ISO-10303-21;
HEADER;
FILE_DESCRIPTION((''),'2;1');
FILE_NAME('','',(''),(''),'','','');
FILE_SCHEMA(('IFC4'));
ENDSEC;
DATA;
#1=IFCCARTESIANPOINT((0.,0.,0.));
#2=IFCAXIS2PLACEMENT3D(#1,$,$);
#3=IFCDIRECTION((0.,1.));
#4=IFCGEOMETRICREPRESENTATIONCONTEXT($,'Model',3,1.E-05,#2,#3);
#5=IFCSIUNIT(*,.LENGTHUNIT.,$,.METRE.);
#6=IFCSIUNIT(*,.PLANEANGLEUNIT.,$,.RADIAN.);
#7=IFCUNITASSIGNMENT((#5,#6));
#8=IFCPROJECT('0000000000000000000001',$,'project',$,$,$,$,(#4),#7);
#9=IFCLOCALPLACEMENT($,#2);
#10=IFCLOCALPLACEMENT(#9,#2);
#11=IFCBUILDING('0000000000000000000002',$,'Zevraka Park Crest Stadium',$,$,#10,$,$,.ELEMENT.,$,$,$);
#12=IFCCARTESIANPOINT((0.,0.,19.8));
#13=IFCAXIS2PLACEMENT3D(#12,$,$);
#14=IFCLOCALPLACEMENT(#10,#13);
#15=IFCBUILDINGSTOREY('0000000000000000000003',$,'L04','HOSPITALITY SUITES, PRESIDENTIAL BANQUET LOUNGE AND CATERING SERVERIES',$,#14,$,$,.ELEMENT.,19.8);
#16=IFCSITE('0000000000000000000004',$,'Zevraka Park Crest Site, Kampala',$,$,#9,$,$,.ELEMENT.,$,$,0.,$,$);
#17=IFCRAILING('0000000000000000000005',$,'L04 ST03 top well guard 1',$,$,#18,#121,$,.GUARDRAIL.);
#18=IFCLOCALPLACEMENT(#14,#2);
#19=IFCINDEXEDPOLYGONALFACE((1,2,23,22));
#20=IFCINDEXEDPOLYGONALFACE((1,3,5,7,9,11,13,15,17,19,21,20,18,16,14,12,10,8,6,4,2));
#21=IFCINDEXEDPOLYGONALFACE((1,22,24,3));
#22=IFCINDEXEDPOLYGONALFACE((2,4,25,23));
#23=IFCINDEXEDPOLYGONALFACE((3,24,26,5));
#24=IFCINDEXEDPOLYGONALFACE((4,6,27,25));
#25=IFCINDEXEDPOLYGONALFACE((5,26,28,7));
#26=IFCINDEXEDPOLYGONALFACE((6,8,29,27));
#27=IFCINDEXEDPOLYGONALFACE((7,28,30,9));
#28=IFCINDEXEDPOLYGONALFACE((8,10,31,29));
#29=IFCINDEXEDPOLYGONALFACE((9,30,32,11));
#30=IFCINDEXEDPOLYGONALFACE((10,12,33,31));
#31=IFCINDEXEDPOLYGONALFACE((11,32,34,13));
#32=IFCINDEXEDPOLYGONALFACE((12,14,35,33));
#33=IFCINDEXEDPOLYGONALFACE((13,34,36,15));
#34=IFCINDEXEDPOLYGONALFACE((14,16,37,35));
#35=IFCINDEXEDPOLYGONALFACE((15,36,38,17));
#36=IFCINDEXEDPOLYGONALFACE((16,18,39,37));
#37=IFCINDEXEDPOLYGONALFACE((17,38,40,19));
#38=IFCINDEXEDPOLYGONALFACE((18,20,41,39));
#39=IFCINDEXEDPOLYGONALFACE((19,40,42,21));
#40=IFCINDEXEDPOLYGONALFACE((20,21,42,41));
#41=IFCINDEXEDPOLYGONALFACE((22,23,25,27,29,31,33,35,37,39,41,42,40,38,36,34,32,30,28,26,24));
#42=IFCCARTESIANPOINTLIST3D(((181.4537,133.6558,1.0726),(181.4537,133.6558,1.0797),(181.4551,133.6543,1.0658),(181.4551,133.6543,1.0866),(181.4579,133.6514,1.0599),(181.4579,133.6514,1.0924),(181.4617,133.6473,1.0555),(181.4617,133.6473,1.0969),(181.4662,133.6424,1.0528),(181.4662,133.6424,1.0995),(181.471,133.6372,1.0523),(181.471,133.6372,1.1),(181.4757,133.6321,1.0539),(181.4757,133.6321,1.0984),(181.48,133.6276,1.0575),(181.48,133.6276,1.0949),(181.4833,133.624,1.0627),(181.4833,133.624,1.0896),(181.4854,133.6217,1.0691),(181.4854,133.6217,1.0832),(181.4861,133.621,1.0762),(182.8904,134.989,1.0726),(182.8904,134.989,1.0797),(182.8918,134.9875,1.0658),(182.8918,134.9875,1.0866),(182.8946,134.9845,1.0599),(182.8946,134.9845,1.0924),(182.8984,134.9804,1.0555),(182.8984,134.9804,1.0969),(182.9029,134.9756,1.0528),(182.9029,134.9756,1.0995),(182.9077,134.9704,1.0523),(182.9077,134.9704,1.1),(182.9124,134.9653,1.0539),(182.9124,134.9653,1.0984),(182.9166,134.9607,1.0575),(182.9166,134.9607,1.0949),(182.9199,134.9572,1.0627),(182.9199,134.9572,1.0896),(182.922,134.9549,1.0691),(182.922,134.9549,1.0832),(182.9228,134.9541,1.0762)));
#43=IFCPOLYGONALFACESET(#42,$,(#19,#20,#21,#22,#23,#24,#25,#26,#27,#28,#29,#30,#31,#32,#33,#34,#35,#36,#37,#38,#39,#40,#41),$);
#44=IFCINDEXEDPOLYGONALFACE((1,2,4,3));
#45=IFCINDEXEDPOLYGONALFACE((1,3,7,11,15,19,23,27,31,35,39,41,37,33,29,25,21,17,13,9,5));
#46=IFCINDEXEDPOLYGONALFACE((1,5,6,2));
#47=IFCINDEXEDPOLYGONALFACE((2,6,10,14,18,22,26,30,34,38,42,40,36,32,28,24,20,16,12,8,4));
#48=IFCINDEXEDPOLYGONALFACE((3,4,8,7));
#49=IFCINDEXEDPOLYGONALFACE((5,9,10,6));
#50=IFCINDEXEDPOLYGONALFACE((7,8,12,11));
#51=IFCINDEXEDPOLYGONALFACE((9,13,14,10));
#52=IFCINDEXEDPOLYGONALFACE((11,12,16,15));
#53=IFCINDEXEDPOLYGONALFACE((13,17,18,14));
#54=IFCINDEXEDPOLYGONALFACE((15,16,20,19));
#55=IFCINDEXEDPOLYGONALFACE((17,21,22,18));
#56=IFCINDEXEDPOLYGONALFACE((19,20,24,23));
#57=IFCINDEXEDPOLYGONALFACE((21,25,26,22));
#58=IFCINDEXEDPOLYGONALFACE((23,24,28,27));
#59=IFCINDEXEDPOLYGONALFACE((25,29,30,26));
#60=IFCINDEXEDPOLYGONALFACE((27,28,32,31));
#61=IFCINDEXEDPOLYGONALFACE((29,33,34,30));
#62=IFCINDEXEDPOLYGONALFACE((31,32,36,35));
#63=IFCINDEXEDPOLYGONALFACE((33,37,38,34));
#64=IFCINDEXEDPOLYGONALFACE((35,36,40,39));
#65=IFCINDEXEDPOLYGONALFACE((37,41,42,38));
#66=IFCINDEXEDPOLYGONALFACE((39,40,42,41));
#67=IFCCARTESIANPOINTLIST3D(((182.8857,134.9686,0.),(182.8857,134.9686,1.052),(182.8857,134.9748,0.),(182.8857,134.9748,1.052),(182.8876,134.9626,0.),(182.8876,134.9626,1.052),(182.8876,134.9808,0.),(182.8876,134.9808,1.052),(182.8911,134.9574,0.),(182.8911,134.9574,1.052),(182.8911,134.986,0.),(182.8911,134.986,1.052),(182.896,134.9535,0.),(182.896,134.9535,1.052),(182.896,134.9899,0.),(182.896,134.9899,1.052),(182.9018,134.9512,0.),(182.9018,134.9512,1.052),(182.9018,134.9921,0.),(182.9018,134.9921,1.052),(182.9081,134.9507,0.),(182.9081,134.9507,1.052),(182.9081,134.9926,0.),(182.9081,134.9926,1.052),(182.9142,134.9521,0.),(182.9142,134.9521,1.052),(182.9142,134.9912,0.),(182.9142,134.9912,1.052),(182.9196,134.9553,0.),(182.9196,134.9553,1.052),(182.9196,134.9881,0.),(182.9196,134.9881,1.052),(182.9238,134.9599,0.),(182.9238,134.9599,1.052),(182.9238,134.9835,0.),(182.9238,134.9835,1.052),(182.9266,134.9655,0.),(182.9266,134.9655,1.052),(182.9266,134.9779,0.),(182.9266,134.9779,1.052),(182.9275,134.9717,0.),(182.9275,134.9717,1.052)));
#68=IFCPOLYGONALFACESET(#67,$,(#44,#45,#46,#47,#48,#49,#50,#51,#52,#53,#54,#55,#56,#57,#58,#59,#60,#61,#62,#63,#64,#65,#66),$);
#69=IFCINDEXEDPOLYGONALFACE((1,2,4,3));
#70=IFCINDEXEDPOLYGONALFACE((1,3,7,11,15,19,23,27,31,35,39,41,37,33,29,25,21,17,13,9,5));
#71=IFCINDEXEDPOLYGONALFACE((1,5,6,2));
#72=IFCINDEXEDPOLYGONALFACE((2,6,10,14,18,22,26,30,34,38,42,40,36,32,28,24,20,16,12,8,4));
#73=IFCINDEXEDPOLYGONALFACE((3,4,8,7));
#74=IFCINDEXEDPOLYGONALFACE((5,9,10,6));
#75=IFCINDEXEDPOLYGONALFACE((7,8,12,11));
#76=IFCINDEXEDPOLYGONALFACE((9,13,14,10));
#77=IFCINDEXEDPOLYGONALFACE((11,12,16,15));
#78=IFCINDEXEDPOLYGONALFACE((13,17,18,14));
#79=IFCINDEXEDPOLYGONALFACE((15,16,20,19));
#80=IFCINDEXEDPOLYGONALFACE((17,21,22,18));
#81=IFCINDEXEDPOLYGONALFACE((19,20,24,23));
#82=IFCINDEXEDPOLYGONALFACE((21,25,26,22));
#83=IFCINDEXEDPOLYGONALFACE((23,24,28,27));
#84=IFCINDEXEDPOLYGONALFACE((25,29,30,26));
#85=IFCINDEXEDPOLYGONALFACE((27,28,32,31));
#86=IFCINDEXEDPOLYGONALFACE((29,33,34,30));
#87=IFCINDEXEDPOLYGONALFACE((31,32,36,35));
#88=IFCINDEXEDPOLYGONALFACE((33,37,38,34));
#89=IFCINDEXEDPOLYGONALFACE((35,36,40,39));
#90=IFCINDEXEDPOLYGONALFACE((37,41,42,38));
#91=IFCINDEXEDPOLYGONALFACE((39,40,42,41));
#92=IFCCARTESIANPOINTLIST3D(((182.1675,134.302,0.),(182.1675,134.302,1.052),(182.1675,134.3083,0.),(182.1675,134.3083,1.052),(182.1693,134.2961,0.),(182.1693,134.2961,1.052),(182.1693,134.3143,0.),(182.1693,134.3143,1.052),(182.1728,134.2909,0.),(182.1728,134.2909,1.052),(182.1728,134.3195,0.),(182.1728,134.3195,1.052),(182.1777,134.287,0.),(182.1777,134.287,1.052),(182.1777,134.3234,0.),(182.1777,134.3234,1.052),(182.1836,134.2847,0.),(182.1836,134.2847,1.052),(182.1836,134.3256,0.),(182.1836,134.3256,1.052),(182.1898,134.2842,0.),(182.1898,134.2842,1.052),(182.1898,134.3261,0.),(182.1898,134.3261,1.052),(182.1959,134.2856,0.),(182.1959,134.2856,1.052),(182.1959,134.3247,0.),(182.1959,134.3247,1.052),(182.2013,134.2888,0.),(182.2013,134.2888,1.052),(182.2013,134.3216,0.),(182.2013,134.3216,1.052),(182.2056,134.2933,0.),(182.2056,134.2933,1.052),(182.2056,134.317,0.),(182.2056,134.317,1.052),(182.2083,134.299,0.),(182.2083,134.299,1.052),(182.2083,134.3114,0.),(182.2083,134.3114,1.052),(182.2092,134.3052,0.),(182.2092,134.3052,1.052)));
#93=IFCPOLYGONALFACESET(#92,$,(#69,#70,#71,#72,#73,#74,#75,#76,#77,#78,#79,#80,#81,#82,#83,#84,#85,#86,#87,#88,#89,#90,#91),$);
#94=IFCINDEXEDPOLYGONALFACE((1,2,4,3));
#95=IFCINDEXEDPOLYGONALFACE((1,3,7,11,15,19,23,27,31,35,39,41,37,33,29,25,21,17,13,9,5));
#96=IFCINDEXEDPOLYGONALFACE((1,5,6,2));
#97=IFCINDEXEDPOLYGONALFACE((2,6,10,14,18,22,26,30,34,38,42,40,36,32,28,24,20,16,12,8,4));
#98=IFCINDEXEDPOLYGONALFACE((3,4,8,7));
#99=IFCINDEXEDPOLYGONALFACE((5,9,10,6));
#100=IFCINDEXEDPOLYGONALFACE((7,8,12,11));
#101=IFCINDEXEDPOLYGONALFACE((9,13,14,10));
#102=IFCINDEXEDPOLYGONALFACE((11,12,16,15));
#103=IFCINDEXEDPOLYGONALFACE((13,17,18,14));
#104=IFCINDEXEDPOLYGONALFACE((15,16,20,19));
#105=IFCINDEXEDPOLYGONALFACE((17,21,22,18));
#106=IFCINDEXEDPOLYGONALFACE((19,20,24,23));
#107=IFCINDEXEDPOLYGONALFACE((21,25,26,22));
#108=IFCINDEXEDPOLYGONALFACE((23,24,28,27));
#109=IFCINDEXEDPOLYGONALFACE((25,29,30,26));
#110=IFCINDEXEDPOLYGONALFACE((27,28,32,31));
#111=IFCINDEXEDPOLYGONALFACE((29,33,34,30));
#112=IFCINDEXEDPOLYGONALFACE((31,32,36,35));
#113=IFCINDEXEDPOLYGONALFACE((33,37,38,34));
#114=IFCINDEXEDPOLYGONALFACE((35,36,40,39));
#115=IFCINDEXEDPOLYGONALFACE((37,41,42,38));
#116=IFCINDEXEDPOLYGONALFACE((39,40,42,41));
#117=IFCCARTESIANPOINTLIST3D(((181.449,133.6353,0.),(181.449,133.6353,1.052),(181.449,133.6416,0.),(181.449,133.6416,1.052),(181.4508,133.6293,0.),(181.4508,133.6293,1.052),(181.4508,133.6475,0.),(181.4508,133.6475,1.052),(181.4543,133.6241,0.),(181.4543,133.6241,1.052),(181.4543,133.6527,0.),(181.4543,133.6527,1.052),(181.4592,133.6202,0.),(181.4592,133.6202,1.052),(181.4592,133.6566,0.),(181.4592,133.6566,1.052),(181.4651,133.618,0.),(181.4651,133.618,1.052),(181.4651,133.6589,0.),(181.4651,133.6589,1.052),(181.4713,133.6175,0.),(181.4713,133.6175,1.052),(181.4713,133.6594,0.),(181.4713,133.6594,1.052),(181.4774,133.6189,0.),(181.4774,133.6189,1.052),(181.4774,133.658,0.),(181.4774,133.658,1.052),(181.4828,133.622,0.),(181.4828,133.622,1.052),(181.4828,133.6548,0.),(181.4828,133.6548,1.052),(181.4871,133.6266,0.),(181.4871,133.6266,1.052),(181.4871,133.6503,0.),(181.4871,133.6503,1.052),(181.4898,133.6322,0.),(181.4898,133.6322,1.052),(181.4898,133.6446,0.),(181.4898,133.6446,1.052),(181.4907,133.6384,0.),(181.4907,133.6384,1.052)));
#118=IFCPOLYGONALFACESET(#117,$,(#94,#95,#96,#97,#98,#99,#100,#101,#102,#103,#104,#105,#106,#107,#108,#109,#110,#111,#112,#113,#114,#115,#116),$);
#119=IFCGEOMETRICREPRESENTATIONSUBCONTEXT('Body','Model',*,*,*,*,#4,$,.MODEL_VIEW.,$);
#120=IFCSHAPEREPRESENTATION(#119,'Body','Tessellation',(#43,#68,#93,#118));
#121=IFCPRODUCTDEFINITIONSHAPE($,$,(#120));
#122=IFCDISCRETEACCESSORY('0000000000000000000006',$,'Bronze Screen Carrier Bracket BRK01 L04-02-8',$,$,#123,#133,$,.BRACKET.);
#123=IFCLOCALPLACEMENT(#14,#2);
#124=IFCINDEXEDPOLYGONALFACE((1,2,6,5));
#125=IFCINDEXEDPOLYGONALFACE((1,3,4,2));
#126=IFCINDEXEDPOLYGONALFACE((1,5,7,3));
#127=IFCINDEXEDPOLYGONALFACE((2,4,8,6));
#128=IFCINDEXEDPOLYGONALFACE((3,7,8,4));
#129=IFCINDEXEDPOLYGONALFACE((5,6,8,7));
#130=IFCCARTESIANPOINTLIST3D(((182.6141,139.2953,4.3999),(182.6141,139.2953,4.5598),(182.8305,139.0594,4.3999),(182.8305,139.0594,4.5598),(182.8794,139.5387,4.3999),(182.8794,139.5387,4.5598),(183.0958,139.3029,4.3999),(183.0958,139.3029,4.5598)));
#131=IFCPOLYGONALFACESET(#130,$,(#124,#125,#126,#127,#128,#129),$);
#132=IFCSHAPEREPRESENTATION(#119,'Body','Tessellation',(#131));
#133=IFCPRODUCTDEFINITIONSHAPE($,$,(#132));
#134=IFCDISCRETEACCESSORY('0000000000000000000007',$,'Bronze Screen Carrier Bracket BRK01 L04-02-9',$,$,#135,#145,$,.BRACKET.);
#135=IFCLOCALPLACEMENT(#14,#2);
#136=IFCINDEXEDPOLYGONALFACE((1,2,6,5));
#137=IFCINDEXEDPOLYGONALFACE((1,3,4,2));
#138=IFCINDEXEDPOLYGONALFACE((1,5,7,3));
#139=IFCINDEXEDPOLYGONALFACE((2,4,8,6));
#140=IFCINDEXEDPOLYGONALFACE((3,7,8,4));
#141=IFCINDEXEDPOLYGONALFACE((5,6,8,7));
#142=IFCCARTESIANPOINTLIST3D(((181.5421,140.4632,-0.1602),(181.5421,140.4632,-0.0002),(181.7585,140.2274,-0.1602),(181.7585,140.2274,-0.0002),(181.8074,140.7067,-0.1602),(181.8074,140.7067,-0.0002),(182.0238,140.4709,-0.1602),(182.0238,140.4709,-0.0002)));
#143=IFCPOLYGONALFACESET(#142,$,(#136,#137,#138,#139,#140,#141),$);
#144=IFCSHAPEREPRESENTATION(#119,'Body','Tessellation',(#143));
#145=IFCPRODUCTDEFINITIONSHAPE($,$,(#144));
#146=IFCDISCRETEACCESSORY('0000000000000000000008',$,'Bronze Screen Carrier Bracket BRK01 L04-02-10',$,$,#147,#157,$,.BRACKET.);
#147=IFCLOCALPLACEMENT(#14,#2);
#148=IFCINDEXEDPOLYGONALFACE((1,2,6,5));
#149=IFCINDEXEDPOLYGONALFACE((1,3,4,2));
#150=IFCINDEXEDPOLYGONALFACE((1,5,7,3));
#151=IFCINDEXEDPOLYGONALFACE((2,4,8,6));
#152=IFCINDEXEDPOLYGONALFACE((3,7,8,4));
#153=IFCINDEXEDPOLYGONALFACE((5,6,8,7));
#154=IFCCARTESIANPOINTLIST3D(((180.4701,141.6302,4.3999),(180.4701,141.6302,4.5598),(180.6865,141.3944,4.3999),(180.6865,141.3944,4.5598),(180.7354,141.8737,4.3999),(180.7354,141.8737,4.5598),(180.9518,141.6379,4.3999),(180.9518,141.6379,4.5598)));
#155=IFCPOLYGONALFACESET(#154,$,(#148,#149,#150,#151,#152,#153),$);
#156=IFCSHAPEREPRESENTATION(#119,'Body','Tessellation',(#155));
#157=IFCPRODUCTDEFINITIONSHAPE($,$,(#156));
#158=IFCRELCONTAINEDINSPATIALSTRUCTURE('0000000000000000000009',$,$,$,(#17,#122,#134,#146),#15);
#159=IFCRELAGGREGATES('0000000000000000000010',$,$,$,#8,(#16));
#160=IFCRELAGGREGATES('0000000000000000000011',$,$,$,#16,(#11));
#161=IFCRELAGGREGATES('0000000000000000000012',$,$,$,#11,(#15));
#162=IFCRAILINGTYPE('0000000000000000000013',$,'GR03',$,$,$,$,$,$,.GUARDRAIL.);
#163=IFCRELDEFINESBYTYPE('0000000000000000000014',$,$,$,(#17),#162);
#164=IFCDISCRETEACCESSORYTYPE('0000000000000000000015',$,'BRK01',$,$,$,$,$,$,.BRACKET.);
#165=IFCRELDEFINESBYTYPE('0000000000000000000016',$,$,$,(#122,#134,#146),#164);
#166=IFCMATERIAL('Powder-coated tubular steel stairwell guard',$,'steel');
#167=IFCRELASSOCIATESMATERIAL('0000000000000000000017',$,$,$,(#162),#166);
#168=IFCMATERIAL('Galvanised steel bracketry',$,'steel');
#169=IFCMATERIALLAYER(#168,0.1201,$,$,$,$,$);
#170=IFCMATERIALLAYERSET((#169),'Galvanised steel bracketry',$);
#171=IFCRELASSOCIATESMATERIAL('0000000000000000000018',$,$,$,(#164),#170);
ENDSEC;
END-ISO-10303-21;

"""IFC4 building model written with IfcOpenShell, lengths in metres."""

from ifc_helpers import new_model, si_unit, direction, frame, origin, origin_2d, place, context, subcontext, project, spatial, rectangle, circle, extrude, material, layer, layer_set, type_object, element, save


model = new_model("IFC4")

# Units and contexts
model_context = context("Model", 3, precision=1e-05, world=origin(), true_north=direction((0.0, 1.0)))
body_context = subcontext(model_context, "Body", "Model", "MODEL_VIEW")
ifc_project = project(units=[si_unit("LENGTHUNIT", "METRE"), si_unit("PLANEANGLEUNIT", "RADIAN")], contexts=[model_context])

# Site, building, storey
site_placement = place(None, origin())
site = spatial("IfcSite", under=ifc_project, at=site_placement, Name="Zevraka Park Crest Site, Kampala", CompositionType="ELEMENT", RefElevation=0.0)
building_placement = place(site_placement, origin())
building = spatial("IfcBuilding", under=site, at=building_placement, Name="Zevraka Park Crest Stadium", CompositionType="ELEMENT")
storey_placement = place(building_placement, frame((0.0, 0.0, 19.8)))
storey = spatial("IfcBuildingStorey", under=building, at=storey_placement, Name="L04", Description="HOSPITALITY SUITES, PRESIDENTIAL BANQUET LOUNGE AND CATERING SERVERIES", CompositionType="ELEMENT", Elevation=19.8)

# Railing
ifc_material_1 = material(Name="Powder-coated tubular steel stairwell guard", Category="steel")
railing_type = type_object("IfcRailingType", Name="GR03", PredefinedType="GUARDRAIL", material=ifc_material_1)
railing_placement = place(storey_placement, frame((182.9065, 134.9717, 0.0)))
element("IfcRailing", 1, at=railing_placement, inside=storey, type_object=railing_type, Name="L04 ST03 top well guard 1", PredefinedType="GUARDRAIL", context=body_context, shape_type="SweptSolid", body=[
    extrude(circle(Radius=0.0239, at=origin_2d()), frame((0.0, 0.0, 1.0762), z_axis=(-0.73302, -0.680207, 0.0), x_axis=(0.680207, -0.73302, 0.0)), (0.0, 0.0, 1.0), 1.96),
    extrude(circle(Radius=0.021, at=origin_2d()), origin(), (0.0, 0.0, 1.0), 1.052),
    extrude(circle(Radius=0.021, at=origin_2d()), frame((-0.7183, -0.6665, 0.0)), (0.0, 0.0, 1.0), 1.052),
    extrude(circle(Radius=0.021, at=origin_2d()), frame((-1.4368, -1.3333, 0.0)), (0.0, 0.0, 1.0), 1.052),
])

# Discrete accessories
ifc_material_2 = material(Name="Galvanised steel bracketry", Category="steel")
ifc_layer_1 = layer(ifc_material_2, 0.1201)
ifc_layer_set_1 = layer_set([ifc_layer_1], Name="Galvanised steel bracketry")
discrete_accessory_type = type_object("IfcDiscreteAccessoryType", Name="BRK01", PredefinedType="BRACKET", material=ifc_layer_set_1)
for number, where, z_axis, x_axis, name in (
    (2, (182.855, 139.2991, 4.3999), (0.0, 0.0, 1.0), (-0.676105, 0.736806, 0.0), "Bronze Screen Carrier Bracket BRK01 L04-02-8"),
    (3, (181.783, 140.467, -0.1602), (0.0, 0.0, 1.0), (-0.676105, 0.736806, 0.0), "Bronze Screen Carrier Bracket BRK01 L04-02-9"),
    (4, (180.7109, 141.634, 4.3999), (0.0, 0.0, 1.0), (-0.676105, 0.736806, 0.0), "Bronze Screen Carrier Bracket BRK01 L04-02-10"),
):
    element("IfcDiscreteAccessory", number, at=place(storey_placement, frame(where, z_axis=z_axis, x_axis=x_axis)), inside=storey, type_object=discrete_accessory_type, Name=name, PredefinedType="BRACKET", context=body_context, shape_type="SweptSolid", body=[
        extrude(rectangle(XDim=0.3201, YDim=0.3601, at=origin_2d()), origin(), (0.0, 0.0, 1.0), 0.1599),
    ])

save(model, "model.ifc")
